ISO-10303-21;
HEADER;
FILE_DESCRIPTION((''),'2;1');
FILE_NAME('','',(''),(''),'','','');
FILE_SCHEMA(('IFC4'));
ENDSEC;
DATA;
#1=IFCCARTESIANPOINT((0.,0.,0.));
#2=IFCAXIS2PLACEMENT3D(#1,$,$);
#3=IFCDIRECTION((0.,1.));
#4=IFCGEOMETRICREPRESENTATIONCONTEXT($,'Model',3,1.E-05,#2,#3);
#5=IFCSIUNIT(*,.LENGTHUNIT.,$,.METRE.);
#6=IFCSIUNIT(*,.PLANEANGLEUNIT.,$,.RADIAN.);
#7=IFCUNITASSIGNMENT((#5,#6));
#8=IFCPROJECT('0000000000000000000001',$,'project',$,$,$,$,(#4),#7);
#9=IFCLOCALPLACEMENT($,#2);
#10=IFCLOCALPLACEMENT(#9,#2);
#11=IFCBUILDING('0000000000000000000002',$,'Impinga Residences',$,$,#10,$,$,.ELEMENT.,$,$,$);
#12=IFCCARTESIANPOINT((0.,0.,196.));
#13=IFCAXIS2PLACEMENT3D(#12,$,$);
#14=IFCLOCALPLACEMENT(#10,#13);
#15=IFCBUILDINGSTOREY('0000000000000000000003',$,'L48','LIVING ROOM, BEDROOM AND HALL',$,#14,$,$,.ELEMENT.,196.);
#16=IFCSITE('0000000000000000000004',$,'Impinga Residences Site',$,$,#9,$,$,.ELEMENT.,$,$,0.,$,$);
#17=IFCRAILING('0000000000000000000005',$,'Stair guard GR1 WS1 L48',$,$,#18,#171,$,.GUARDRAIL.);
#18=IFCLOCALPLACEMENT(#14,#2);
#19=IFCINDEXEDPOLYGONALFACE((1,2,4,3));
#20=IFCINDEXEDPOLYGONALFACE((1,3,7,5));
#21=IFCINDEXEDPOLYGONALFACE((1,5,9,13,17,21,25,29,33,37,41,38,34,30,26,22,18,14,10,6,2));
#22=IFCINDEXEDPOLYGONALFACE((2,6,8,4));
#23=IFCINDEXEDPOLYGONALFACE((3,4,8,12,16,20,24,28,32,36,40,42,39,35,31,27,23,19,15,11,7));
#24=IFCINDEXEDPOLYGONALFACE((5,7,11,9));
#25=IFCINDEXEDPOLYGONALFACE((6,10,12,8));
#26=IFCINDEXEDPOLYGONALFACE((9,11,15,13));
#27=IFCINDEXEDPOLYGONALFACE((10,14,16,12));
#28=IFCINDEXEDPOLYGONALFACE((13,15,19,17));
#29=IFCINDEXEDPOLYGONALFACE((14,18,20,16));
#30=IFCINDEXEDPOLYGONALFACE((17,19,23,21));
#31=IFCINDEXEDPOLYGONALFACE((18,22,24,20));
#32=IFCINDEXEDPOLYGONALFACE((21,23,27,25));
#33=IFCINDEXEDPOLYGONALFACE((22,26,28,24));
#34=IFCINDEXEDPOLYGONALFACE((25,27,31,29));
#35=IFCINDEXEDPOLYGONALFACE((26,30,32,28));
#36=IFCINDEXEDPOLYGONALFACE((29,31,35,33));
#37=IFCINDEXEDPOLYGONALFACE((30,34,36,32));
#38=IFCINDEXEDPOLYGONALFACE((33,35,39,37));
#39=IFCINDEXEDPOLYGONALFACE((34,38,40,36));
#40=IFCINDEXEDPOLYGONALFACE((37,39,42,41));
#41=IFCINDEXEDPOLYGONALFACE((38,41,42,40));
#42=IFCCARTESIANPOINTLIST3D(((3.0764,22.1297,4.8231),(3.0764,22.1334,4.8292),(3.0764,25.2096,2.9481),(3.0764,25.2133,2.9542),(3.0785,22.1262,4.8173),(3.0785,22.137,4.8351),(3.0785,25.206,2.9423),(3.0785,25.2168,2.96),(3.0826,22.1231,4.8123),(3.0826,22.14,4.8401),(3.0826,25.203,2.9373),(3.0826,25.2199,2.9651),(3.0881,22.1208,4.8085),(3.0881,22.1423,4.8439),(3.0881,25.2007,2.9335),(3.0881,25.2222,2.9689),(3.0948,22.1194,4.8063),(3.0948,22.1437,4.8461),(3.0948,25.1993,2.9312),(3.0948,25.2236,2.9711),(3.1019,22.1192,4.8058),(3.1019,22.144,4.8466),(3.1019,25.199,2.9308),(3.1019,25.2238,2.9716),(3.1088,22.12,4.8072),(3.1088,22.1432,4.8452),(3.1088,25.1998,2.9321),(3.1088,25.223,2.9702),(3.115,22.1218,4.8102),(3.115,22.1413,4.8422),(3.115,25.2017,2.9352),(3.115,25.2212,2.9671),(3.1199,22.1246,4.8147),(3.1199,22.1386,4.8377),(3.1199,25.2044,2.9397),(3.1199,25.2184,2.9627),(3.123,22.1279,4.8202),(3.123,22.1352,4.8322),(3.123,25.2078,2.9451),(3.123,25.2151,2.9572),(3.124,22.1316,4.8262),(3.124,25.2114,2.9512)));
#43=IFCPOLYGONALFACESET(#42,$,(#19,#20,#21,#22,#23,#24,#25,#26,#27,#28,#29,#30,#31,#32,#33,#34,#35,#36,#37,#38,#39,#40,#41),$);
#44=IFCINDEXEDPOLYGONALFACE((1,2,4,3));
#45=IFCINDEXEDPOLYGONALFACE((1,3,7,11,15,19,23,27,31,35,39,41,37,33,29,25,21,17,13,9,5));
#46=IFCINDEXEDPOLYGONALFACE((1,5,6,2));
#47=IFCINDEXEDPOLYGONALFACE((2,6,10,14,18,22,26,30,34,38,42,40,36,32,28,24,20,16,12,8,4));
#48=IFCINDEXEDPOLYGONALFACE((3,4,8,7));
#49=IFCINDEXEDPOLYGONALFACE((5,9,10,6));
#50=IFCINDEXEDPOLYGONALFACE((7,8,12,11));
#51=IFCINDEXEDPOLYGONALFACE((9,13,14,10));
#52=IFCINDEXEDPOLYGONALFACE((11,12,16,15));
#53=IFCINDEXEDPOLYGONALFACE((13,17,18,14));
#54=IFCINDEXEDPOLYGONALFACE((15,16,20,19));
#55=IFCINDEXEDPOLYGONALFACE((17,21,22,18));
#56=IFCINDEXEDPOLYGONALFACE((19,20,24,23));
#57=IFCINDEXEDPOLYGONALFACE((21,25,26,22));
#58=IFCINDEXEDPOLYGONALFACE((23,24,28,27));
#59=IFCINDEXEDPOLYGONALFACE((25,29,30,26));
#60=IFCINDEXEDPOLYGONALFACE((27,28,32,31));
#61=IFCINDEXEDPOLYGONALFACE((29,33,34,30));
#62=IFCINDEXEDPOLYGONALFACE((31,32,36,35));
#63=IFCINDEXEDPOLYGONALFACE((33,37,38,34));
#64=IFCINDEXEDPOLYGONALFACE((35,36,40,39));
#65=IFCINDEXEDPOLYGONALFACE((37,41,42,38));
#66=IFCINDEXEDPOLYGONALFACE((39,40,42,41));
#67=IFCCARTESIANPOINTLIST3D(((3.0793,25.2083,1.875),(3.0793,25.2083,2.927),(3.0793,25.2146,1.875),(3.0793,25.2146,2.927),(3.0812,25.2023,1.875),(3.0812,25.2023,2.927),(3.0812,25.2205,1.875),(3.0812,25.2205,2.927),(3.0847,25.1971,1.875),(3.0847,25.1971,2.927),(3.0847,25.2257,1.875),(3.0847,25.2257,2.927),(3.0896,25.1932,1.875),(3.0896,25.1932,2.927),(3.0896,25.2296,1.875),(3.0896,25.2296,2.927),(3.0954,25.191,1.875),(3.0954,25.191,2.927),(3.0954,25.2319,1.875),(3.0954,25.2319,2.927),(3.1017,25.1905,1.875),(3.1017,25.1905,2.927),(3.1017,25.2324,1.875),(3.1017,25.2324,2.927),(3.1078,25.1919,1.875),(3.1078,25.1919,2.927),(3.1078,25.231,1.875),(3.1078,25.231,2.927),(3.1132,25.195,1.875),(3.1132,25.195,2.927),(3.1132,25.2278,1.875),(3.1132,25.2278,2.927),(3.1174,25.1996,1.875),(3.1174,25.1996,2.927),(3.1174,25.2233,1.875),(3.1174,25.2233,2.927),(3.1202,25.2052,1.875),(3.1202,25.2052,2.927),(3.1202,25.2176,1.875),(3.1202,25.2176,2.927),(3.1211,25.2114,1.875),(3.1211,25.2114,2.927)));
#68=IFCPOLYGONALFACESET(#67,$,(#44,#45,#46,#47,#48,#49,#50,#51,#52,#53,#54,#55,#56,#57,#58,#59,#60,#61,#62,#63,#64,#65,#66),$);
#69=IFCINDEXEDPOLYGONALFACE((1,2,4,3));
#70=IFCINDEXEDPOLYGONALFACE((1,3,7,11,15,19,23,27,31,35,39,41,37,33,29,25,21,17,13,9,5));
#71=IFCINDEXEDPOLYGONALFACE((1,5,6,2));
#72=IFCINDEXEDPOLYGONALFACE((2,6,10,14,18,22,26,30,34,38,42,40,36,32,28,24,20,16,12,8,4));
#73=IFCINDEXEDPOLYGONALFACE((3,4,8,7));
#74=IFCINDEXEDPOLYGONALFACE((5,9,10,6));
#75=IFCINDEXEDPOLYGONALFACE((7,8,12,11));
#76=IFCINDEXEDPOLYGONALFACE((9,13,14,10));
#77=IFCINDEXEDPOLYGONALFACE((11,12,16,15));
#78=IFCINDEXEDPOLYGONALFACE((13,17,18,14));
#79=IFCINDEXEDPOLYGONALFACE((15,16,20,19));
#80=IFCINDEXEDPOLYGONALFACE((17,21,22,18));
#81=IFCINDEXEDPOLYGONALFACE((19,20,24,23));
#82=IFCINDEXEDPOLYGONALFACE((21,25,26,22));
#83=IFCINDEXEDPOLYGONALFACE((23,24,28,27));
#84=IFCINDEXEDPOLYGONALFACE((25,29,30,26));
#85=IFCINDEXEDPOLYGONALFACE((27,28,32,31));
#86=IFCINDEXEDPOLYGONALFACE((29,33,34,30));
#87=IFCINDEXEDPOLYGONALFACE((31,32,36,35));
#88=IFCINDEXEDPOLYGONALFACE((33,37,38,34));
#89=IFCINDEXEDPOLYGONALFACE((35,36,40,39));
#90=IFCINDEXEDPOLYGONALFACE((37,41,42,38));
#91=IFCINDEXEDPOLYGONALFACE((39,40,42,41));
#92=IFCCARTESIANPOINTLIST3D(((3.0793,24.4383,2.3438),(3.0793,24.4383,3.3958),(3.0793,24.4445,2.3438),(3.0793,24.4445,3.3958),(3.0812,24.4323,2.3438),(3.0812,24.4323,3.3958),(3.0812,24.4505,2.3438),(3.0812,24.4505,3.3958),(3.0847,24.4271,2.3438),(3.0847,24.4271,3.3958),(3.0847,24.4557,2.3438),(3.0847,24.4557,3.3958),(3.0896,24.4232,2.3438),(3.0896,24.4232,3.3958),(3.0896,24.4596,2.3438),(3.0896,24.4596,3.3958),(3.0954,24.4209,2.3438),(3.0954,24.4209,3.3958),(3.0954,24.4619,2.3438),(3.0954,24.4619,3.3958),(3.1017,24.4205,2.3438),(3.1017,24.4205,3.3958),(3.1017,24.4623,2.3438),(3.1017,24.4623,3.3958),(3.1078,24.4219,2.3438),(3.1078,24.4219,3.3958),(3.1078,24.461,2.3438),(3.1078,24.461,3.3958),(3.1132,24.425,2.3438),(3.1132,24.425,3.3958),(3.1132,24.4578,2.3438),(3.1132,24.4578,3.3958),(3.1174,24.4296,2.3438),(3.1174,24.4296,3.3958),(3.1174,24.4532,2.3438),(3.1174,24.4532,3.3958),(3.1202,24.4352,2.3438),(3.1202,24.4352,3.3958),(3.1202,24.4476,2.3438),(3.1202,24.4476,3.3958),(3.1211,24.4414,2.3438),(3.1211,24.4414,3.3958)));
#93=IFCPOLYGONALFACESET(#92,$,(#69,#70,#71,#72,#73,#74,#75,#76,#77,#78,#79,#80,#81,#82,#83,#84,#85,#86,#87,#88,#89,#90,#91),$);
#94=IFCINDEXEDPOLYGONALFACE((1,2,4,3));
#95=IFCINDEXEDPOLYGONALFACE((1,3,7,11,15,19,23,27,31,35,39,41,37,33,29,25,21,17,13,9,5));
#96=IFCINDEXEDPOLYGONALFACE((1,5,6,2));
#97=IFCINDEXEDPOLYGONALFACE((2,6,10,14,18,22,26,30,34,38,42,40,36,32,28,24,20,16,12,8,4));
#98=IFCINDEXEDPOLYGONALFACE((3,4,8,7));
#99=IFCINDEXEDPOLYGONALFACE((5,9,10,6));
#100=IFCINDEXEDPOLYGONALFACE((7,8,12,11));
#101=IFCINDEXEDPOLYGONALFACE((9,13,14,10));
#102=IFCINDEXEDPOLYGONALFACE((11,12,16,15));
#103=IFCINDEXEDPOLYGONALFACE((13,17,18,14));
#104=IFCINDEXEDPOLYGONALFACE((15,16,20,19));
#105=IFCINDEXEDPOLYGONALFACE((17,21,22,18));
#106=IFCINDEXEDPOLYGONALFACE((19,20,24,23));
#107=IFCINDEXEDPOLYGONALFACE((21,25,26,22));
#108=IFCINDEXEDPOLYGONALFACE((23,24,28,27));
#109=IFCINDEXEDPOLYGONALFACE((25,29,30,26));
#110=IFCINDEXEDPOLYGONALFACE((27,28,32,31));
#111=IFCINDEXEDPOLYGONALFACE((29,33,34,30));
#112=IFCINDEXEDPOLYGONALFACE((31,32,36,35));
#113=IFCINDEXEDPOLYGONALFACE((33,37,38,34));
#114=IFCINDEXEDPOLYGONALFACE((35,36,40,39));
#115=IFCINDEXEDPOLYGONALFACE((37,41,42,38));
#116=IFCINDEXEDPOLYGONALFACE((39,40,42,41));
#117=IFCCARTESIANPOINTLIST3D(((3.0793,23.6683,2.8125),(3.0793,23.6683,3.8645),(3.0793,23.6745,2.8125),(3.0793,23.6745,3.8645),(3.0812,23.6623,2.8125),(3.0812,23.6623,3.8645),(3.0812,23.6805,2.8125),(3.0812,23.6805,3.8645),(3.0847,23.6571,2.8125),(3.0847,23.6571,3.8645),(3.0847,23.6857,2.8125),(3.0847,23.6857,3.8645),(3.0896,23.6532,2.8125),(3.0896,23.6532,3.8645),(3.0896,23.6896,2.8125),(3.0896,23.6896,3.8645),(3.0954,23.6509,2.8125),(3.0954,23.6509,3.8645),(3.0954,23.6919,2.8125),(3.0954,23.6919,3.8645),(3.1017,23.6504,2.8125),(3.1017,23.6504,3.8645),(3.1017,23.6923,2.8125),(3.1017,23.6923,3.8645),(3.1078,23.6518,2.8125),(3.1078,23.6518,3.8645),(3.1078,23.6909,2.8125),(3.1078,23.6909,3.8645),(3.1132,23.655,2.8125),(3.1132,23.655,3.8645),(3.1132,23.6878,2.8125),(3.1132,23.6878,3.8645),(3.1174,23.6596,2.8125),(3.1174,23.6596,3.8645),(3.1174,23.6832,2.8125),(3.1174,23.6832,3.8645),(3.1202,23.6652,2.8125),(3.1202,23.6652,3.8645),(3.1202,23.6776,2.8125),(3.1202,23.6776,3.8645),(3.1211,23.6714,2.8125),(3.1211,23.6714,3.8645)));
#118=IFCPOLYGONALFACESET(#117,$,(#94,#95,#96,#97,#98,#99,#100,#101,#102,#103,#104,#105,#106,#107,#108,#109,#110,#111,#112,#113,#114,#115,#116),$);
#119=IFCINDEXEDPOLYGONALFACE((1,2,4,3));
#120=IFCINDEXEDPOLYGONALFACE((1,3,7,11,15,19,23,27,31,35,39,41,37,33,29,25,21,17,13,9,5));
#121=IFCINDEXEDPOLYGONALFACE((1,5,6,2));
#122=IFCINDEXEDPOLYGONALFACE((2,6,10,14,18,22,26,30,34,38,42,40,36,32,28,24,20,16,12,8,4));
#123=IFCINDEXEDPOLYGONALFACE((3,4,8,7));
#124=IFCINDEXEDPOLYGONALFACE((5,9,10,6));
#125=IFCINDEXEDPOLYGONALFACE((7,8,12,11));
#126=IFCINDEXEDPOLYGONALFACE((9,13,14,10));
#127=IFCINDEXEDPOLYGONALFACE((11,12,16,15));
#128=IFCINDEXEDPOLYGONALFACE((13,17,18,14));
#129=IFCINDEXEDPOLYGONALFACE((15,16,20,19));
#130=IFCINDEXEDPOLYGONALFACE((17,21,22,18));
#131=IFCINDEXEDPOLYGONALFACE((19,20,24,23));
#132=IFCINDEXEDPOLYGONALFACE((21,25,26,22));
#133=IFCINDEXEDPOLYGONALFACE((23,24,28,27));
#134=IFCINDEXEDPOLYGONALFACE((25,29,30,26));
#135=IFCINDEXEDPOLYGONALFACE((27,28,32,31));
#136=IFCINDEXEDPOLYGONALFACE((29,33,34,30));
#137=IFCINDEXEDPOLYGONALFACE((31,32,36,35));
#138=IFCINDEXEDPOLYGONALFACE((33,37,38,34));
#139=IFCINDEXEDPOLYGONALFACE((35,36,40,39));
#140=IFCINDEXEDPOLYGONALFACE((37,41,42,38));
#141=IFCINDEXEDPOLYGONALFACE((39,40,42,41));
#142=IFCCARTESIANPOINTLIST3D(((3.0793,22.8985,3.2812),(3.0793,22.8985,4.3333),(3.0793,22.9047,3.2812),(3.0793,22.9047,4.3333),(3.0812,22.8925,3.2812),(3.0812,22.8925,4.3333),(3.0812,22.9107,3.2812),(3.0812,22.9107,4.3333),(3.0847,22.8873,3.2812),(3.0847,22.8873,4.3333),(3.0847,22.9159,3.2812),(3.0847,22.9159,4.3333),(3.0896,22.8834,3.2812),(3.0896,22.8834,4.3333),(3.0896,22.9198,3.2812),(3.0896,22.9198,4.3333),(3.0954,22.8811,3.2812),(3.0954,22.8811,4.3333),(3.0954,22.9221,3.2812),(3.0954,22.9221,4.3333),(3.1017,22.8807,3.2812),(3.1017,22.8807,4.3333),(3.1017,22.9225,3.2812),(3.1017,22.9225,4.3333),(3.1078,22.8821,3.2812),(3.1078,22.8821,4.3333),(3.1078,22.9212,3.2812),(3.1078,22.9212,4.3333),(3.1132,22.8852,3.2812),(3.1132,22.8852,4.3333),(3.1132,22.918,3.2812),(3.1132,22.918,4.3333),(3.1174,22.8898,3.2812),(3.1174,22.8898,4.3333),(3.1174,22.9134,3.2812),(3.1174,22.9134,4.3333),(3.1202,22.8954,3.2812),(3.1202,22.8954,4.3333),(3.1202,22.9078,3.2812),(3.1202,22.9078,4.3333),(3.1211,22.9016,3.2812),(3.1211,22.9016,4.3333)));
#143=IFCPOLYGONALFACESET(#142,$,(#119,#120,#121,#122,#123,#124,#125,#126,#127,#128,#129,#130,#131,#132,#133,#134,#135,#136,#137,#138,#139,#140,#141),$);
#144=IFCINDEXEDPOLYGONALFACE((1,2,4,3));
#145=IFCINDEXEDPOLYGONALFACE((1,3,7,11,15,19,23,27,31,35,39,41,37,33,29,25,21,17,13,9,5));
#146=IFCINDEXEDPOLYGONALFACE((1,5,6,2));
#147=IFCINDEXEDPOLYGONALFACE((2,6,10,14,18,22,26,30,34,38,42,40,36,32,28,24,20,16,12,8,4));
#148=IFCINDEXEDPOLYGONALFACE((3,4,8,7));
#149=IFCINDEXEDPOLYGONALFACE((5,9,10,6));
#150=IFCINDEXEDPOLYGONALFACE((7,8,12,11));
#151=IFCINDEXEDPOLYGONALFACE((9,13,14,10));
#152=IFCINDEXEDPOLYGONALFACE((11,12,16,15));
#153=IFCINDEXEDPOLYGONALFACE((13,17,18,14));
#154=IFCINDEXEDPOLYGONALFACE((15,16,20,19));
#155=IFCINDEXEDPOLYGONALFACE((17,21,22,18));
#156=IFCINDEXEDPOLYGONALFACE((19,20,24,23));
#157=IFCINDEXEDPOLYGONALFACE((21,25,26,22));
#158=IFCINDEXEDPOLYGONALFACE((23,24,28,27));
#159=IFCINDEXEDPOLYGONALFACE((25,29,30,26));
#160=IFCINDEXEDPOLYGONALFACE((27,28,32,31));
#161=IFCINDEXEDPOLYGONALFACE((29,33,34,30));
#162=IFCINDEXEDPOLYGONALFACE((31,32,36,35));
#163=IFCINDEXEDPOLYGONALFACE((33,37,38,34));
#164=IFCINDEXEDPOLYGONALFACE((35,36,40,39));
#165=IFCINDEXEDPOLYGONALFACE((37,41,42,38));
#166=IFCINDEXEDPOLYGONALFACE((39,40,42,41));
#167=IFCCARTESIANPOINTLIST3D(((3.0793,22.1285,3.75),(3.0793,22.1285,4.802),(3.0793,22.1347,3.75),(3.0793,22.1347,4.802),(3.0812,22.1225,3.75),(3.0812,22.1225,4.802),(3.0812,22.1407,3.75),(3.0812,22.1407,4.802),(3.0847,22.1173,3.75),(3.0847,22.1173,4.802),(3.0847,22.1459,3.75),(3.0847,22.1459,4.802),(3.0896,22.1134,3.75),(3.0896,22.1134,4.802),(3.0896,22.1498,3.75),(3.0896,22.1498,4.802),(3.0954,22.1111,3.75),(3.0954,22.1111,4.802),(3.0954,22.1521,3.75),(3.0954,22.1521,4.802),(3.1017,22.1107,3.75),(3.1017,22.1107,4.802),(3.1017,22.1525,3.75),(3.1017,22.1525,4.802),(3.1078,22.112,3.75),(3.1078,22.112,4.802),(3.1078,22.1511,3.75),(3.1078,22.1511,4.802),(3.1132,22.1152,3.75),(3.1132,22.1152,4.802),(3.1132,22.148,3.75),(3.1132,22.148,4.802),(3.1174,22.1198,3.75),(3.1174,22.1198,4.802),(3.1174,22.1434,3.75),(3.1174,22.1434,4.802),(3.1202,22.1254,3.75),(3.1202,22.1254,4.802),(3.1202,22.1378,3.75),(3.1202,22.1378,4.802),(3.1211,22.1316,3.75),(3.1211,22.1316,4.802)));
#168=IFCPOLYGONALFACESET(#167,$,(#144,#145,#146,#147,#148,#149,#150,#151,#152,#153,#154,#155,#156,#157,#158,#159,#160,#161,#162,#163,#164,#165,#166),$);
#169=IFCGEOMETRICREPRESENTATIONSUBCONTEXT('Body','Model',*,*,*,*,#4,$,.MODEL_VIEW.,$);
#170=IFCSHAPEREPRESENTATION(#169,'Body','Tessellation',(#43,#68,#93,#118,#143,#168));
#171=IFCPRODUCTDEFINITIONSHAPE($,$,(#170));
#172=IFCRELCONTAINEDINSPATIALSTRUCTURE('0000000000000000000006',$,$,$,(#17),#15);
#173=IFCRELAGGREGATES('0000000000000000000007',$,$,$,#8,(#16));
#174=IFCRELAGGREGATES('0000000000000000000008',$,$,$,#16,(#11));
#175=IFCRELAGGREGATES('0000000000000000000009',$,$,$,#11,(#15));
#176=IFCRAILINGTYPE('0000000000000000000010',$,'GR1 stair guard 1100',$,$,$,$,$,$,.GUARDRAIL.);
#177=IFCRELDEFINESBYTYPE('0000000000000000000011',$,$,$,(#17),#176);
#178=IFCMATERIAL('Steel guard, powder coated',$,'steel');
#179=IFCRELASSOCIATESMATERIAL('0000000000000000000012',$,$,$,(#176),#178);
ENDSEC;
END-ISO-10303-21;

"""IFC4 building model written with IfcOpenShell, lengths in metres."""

from ifc_helpers import new_model, si_unit, direction, frame, origin, origin_2d, place, context, subcontext, project, spatial, circle, extrude, material, type_object, element, save


model = new_model("IFC4")

# Units and contexts
model_context = context("Model", 3, precision=1e-05, world=origin(), true_north=direction((0.0, 1.0)))
body_context = subcontext(model_context, "Body", "Model", "MODEL_VIEW")
ifc_project = project(units=[si_unit("LENGTHUNIT", "METRE"), si_unit("PLANEANGLEUNIT", "RADIAN")], contexts=[model_context])

# Site, building, storey
site_placement = place(None, origin())
site = spatial("IfcSite", under=ifc_project, at=site_placement, Name="Impinga Residences Site", CompositionType="ELEMENT", RefElevation=0.0)
building_placement = place(site_placement, origin())
building = spatial("IfcBuilding", under=site, at=building_placement, Name="Impinga Residences", CompositionType="ELEMENT")
storey_placement = place(building_placement, frame((0.0, 0.0, 196.0)))
storey = spatial("IfcBuildingStorey", under=building, at=storey_placement, Name="L48", Description="LIVING ROOM, BEDROOM AND HALL", CompositionType="ELEMENT", Elevation=196.0)

# Railing
ifc_material_1 = material(Name="Steel guard, powder coated", Category="steel")
railing_type_1 = type_object("IfcRailingType", Name="GR1 stair guard 1100", PredefinedType="GUARDRAIL", material=ifc_material_1)
railing_1_placement = place(storey_placement, frame((3.1001, 25.2114, 1.875)))
element("IfcRailing", 1, at=railing_1_placement, inside=storey, type_object=railing_type_1, Name="Stair guard GR1 WS1 L48", PredefinedType="GUARDRAIL", context=body_context, shape_type="SweptSolid", body=[
    extrude(circle(Radius=0.0239, at=origin_2d()), frame((0.0, 0.0, 1.0762), z_axis=(0.0, -0.854159, 0.520011), x_axis=(1.0, 0.0, 0.0)), (0.0, 0.0, 1.0), 3.6057),
    extrude(circle(Radius=0.021, at=origin_2d()), origin(), (0.0, 0.0, 1.0), 1.052),
    extrude(circle(Radius=0.021, at=origin_2d()), frame((0.0, -0.77, 0.4688)), (0.0, 0.0, 1.0), 1.052),
    extrude(circle(Radius=0.021, at=origin_2d()), frame((0.0, -1.54, 0.9375)), (0.0, 0.0, 1.0), 1.052),
    extrude(circle(Radius=0.021, at=origin_2d()), frame((0.0, -2.3098, 1.4062)), (0.0, 0.0, 1.0), 1.052),
    extrude(circle(Radius=0.021, at=origin_2d()), frame((0.0, -3.0798, 1.875)), (0.0, 0.0, 1.0), 1.052),
])

save(model, "model.ifc")
